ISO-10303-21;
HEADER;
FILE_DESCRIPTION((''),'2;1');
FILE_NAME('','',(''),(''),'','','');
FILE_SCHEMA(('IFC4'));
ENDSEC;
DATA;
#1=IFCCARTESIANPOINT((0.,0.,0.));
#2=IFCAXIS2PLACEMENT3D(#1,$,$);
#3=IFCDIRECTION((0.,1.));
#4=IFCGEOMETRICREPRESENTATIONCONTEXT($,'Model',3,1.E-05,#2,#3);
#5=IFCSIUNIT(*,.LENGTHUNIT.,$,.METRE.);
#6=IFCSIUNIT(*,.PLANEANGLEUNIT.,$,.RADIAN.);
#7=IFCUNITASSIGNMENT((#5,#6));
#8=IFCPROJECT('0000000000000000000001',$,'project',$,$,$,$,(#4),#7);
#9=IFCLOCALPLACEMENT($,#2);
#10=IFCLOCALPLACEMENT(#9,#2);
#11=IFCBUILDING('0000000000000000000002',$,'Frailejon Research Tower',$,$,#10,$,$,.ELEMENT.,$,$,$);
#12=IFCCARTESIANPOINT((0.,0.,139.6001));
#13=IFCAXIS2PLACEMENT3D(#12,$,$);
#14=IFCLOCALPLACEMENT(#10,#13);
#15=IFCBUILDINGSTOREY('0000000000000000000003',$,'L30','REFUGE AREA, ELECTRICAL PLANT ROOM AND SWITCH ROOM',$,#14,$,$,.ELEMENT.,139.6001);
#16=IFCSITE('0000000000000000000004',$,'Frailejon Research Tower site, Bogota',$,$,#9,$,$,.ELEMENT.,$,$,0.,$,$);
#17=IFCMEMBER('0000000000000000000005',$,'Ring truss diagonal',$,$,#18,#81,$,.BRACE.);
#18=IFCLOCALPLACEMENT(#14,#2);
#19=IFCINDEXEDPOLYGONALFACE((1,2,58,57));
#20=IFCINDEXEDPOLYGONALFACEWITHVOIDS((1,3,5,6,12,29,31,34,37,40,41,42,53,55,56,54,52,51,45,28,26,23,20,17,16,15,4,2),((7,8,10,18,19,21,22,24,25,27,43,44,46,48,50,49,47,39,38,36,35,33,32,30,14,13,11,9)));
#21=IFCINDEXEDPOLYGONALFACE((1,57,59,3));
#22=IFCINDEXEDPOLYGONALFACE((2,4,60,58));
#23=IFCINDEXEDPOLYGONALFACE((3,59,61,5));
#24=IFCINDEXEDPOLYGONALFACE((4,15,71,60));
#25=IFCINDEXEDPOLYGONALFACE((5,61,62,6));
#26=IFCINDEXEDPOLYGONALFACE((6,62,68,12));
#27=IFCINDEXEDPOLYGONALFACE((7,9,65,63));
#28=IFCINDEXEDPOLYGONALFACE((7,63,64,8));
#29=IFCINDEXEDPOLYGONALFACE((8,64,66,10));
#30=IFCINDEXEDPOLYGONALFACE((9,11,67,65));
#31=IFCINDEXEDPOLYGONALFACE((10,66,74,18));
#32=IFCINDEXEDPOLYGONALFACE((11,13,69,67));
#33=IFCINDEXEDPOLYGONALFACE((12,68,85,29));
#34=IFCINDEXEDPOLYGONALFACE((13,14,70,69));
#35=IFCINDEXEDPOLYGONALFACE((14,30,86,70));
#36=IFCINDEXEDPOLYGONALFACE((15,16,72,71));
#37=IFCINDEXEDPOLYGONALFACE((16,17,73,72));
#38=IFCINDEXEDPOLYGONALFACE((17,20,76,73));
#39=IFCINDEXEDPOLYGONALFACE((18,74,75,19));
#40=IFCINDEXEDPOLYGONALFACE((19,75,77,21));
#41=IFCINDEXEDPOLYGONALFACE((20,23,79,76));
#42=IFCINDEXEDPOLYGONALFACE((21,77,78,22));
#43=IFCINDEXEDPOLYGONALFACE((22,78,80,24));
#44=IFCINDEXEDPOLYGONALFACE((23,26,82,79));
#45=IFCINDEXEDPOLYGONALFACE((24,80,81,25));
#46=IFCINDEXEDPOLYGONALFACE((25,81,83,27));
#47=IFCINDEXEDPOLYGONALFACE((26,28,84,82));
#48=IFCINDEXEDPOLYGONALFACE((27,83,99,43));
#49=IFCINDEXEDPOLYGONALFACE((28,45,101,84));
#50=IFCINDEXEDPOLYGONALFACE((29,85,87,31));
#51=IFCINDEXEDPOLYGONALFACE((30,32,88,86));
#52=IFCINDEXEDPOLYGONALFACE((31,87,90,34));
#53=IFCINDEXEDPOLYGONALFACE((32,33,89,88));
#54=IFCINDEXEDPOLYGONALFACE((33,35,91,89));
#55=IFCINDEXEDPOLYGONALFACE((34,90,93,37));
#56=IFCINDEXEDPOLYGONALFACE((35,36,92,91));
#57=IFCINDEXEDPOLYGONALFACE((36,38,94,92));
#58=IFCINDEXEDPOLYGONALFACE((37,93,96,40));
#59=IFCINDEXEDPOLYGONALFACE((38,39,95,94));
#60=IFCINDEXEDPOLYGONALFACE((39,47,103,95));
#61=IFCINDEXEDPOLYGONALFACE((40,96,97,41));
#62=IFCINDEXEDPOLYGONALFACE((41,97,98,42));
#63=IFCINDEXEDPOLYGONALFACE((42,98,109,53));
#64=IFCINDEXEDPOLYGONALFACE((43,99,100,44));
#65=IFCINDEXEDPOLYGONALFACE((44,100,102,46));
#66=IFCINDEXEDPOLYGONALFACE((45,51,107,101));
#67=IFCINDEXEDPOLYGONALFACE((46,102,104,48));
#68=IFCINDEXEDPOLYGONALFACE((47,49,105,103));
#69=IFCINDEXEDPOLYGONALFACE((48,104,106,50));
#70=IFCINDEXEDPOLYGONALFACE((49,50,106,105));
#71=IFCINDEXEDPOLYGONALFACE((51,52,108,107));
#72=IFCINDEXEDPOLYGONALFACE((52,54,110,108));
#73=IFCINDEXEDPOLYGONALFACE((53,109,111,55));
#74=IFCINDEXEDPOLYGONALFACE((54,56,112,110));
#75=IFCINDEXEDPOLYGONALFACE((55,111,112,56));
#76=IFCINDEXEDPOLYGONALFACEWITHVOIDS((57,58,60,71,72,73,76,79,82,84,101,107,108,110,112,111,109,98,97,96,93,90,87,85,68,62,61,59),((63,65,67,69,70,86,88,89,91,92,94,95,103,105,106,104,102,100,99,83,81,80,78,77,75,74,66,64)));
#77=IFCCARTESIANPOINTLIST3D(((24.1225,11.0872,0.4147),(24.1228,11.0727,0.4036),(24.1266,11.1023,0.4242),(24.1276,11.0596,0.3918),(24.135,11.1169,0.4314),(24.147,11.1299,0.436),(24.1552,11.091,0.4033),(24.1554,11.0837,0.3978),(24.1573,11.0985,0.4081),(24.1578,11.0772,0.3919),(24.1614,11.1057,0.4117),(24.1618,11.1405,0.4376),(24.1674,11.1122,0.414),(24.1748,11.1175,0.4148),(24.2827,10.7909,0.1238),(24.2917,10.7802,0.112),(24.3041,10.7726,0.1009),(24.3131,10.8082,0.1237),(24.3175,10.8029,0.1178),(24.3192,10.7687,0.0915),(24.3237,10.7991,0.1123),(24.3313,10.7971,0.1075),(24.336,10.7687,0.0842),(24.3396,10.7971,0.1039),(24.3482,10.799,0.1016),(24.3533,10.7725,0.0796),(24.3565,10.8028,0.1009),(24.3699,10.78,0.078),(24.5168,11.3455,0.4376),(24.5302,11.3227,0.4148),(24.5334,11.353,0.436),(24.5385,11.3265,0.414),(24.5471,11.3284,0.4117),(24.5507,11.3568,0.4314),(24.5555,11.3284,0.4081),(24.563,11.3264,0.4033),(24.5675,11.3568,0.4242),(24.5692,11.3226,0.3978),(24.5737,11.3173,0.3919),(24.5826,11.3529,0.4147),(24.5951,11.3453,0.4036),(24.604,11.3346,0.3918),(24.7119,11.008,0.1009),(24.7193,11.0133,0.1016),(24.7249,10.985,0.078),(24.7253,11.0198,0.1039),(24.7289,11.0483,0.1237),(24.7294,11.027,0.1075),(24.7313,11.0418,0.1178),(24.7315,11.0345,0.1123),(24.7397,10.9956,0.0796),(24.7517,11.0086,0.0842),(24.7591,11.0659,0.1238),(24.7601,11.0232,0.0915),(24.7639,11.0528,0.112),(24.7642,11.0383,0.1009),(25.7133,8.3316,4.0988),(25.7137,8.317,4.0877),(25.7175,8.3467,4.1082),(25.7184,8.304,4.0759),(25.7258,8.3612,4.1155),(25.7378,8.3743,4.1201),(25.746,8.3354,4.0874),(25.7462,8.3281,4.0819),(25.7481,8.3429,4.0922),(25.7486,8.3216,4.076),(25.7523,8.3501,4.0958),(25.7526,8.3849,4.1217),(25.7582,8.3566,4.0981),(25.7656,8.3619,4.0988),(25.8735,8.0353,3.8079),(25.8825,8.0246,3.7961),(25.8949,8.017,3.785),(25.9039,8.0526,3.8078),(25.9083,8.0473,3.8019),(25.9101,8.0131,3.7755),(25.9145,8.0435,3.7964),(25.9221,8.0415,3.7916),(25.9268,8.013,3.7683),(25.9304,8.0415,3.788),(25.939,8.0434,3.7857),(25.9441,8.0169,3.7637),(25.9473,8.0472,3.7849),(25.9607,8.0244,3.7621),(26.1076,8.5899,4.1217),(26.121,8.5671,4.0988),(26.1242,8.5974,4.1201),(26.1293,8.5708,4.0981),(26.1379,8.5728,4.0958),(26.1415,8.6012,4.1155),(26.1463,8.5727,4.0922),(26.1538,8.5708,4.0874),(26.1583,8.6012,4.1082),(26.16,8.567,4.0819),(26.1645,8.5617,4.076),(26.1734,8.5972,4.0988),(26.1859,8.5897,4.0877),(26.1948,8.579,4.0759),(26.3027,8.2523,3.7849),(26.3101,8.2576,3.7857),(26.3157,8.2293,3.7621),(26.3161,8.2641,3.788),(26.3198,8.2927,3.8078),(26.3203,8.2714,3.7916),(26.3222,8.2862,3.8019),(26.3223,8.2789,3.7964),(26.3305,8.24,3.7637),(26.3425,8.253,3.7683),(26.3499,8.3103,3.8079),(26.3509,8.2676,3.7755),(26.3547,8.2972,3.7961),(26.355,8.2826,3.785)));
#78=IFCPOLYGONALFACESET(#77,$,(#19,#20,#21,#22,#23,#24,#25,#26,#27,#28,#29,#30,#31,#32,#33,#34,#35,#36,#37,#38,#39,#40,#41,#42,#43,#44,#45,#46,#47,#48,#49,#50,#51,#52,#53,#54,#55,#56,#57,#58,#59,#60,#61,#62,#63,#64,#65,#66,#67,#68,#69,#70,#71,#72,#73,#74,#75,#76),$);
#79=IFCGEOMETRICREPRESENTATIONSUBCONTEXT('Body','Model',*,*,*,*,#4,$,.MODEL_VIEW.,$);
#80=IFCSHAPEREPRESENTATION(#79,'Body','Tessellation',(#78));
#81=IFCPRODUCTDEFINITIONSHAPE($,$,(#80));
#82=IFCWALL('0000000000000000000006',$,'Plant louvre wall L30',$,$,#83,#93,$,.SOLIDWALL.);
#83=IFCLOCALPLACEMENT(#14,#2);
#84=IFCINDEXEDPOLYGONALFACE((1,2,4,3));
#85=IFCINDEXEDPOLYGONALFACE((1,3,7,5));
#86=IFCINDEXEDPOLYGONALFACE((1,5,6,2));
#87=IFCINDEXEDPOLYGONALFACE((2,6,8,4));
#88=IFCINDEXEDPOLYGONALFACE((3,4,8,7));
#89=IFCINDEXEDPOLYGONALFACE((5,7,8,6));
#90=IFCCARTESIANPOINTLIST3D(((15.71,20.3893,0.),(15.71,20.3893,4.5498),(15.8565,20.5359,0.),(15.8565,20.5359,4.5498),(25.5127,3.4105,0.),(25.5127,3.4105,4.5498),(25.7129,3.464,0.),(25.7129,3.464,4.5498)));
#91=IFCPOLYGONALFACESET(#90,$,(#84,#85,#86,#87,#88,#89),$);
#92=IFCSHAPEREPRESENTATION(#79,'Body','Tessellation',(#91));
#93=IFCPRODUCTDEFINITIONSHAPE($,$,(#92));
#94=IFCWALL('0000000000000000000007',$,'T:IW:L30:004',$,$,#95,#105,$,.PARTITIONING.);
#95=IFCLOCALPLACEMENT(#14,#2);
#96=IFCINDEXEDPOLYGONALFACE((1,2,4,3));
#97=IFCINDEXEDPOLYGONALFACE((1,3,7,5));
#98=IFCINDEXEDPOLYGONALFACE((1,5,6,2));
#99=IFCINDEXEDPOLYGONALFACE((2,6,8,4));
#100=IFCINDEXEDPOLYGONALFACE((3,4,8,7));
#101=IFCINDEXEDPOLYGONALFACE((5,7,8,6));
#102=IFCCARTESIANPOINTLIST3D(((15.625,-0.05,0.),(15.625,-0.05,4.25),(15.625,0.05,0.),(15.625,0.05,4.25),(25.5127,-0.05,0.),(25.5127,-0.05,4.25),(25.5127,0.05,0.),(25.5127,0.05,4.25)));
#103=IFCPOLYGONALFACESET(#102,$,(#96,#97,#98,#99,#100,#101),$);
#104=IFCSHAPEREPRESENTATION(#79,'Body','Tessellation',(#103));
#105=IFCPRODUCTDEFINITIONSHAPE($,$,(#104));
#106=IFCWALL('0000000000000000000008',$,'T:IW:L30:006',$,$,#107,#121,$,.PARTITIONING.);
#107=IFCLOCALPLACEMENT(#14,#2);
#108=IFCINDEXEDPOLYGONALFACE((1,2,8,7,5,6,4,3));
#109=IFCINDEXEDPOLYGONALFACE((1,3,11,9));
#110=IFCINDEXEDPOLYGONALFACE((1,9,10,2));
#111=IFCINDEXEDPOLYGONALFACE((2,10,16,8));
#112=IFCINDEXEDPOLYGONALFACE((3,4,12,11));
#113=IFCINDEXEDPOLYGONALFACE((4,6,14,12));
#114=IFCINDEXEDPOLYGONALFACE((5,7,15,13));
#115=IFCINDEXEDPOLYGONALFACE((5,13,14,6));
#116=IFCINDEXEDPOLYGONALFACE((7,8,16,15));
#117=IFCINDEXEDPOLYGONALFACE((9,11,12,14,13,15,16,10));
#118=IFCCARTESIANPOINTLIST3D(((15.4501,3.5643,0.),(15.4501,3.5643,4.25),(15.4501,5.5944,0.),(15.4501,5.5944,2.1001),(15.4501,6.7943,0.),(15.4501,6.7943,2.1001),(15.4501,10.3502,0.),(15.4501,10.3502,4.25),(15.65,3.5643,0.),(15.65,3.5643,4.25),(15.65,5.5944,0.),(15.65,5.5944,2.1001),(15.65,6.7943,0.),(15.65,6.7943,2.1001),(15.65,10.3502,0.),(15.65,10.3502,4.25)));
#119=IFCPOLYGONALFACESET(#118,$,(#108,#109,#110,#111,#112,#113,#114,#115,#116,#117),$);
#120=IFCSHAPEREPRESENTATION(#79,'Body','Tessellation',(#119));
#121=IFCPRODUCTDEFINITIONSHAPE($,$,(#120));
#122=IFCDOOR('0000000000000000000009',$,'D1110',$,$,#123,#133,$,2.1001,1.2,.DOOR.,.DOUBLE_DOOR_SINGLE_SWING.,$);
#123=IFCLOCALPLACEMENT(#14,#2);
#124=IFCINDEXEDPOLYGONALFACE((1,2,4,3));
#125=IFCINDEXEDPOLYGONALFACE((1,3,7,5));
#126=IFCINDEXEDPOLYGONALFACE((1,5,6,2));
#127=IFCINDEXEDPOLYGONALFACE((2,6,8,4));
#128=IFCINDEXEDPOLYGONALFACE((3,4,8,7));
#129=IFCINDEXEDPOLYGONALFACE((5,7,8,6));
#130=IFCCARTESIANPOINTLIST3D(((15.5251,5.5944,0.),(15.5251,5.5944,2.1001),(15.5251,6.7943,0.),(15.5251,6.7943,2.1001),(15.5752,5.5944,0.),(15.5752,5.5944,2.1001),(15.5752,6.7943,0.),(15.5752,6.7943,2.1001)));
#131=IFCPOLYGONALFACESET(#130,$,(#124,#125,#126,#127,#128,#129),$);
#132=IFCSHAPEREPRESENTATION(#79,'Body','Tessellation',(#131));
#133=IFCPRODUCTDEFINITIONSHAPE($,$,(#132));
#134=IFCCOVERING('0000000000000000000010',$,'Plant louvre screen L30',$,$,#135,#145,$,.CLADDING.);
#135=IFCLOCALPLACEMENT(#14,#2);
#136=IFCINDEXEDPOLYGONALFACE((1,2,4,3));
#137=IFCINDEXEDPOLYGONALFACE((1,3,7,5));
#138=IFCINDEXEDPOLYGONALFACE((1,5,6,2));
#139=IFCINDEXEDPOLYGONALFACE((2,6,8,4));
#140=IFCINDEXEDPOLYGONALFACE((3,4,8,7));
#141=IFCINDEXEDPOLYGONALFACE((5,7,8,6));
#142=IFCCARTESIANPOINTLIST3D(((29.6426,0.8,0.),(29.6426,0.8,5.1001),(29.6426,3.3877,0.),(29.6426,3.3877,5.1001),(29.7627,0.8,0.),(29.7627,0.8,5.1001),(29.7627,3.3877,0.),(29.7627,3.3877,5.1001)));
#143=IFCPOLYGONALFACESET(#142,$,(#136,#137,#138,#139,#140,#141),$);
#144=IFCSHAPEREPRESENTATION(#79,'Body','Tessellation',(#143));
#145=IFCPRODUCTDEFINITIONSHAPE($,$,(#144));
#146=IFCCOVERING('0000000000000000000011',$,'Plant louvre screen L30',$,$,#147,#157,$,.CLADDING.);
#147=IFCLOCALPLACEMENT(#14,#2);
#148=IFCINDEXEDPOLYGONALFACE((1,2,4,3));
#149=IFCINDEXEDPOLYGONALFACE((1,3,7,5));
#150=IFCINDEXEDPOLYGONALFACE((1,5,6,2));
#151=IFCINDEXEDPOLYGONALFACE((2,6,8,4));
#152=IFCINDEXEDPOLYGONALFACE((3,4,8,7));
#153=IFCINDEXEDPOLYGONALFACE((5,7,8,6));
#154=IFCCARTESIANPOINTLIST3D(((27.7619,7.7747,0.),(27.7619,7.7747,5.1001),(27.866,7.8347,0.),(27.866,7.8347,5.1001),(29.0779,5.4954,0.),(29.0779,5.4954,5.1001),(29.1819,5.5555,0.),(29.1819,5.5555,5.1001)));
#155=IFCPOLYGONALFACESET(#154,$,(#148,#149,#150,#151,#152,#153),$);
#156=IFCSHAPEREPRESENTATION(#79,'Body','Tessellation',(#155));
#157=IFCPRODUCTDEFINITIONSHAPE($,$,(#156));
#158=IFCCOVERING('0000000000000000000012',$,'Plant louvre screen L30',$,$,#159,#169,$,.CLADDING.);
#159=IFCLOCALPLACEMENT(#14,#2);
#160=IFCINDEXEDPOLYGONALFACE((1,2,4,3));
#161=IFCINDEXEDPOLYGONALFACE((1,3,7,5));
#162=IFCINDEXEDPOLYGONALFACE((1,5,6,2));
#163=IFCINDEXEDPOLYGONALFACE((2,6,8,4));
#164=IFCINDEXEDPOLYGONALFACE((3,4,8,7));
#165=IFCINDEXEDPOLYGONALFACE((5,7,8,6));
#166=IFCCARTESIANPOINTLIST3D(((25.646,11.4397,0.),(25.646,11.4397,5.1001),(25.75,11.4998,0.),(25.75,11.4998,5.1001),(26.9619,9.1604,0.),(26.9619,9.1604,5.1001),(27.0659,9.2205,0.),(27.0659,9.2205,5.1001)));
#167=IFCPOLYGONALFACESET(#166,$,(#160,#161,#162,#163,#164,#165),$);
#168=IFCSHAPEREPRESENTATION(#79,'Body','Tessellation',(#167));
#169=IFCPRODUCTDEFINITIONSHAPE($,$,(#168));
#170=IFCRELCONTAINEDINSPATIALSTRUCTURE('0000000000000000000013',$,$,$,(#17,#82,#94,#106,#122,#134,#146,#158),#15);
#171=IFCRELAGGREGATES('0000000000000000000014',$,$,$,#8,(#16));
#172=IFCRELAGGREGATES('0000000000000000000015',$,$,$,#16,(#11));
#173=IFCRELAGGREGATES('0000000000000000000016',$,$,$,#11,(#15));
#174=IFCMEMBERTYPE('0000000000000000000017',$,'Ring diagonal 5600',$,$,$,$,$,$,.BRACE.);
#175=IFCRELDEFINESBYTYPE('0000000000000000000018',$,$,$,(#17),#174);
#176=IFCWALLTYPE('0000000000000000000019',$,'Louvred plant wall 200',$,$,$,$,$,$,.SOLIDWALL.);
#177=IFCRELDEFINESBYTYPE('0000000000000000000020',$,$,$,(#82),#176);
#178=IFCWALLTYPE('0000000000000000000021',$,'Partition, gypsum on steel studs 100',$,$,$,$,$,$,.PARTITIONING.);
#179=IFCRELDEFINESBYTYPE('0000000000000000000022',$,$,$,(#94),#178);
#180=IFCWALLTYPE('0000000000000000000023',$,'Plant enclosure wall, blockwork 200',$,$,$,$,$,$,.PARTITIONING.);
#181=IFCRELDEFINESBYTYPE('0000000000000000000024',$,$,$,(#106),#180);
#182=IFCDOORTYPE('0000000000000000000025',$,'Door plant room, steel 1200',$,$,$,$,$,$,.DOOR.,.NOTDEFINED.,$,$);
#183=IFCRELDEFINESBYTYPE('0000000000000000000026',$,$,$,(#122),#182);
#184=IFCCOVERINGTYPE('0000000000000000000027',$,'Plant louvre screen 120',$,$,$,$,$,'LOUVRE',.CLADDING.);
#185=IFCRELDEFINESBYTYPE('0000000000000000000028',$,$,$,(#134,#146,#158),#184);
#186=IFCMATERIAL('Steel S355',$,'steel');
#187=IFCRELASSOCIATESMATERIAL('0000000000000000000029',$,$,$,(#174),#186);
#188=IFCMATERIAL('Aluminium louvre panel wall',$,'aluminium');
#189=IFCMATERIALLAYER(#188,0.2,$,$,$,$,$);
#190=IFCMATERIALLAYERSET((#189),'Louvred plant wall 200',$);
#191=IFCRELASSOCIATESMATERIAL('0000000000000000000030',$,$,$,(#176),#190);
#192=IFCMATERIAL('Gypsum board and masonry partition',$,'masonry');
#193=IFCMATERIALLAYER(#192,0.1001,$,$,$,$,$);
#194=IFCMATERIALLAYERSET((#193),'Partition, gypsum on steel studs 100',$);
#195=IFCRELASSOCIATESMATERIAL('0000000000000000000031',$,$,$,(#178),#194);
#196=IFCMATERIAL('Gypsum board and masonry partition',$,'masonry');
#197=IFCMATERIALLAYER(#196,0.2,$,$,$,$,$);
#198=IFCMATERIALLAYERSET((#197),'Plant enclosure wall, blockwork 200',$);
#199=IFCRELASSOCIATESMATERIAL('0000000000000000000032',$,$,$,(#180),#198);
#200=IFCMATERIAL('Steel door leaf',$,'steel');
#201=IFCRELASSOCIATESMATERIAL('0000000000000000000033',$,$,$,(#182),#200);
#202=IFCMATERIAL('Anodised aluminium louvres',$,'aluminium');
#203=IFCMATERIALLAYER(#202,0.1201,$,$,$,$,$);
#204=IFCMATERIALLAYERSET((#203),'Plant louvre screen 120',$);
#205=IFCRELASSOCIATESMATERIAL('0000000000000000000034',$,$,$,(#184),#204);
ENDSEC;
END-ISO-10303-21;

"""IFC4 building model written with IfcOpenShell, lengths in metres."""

from ifc_helpers import new_model, si_unit, direction, frame, frame_2d, origin, origin_2d, place, context, subcontext, project, spatial, polyline, rectangle, hollow_rectangle, outline, extrude, material, layer, layer_set, material_profile, profile_set, type_object, element, fill, save


model = new_model("IFC4")

# Units and contexts
model_context = context("Model", 3, precision=1e-05, world=origin(), true_north=direction((0.0, 1.0)))
body_context = subcontext(model_context, "Body", "Model", "MODEL_VIEW")
ifc_project = project(units=[si_unit("LENGTHUNIT", "METRE"), si_unit("PLANEANGLEUNIT", "RADIAN")], contexts=[model_context])

# Site, building, storey
site_placement = place(None, origin())
site = spatial("IfcSite", under=ifc_project, at=site_placement, Name="Frailejon Research Tower site, Bogota", CompositionType="ELEMENT", RefElevation=0.0)
building_placement = place(site_placement, origin())
building = spatial("IfcBuilding", under=site, at=building_placement, Name="Frailejon Research Tower", CompositionType="ELEMENT")
storey_placement = place(building_placement, frame((0.0, 0.0, 139.6001)))
storey = spatial("IfcBuildingStorey", under=building, at=storey_placement, Name="L30", Description="REFUGE AREA, ELECTRICAL PLANT ROOM AND SWITCH ROOM", CompositionType="ELEMENT", Elevation=139.6001)

# Member
ifc_material_1 = material(Name="Steel S355", Category="steel")
ifc_material_profile_1 = material_profile(ifc_material_1, hollow_rectangle(XDim=0.55, YDim=0.55, WallThickness=0.0349, InnerFilletRadius=0.0349, OuterFilletRadius=0.0701, at=origin_2d()), Name="Ring diagonal 5600")
ifc_profile_set_1 = profile_set([ifc_material_profile_1], Name="Steel S355")
member_type = type_object("IfcMemberType", Name="Ring diagonal 5600", PredefinedType="BRACE", material=ifc_profile_set_1)
for number, where, z_axis, x_axis, name in (
    (1, (26.0342, 8.3071, 3.9419), (-0.326797, 0.566077, -0.756809), (-0.866044, -0.499968, 0.0), "Ring truss diagonal"),
):
    element("IfcMember", number, at=place(storey_placement, frame(where, z_axis=z_axis, x_axis=x_axis)), inside=storey, type_object=member_type, Name=name, PredefinedType="BRACE", context=body_context, shape_type="SweptSolid", body=[
        extrude(hollow_rectangle(XDim=0.55, YDim=0.55, WallThickness=0.0349, InnerFilletRadius=0.0349, OuterFilletRadius=0.0701, at=origin_2d()), origin(), (0.0, 0.0, 1.0), 4.8679),
    ])

# Walls
ifc_material_2 = material(Name="Aluminium louvre panel wall", Category="aluminium")
ifc_layer_1 = layer(ifc_material_2, 0.2)
ifc_layer_set_1 = layer_set([ifc_layer_1], Name="Louvred plant wall 200")
wall_type_1 = type_object("IfcWallType", Name="Louvred plant wall 200", PredefinedType="SOLIDWALL", material=ifc_layer_set_1)
wall_1_placement = place(storey_placement, frame((25.6128, 3.4373, 0.0), z_axis=(0.0, 0.0, 1.0), x_axis=(-0.499999, 0.866026, 0.0)))
element("IfcWall", 2, at=wall_1_placement, inside=storey, type_object=wall_type_1, Name="Plant louvre wall L30", PredefinedType="SOLIDWALL", context=body_context, shape_type="SweptSolid", body=[
    extrude(outline(polyline([(-0.0269, -0.1001), (19.686, -0.1001), (19.6323, 0.1001), (0.0269, 0.1001), (-0.0269, -0.1001)])), origin(), (0.0, 0.0, 1.0), 4.5498),
])
ifc_material_3 = material(Name="Gypsum board and masonry partition", Category="masonry")
ifc_layer_2 = layer(ifc_material_3, 0.1001)
ifc_layer_set_2 = layer_set([ifc_layer_2], Name="Partition, gypsum on steel studs 100")
wall_type_2 = type_object("IfcWallType", Name="Partition, gypsum on steel studs 100", PredefinedType="PARTITIONING", material=ifc_layer_set_2)
wall_2_placement = place(storey_placement, frame((15.625, 0.0, 0.0), z_axis=(0.0, 0.0, 1.0), x_axis=(1.0, 0.0, 0.0)))
element("IfcWall", 3, at=wall_2_placement, inside=storey, type_object=wall_type_2, Name="T:IW:L30:004", PredefinedType="PARTITIONING", context=body_context, shape_type="SweptSolid", body=[
    extrude(rectangle(XDim=9.8877, YDim=0.1001, at=frame_2d((4.9438, 0.0))), origin(), (0.0, 0.0, 1.0), 4.25),
])

# Wall, opening, door
ifc_material_4 = material(Name="Gypsum board and masonry partition", Category="masonry")
ifc_layer_3 = layer(ifc_material_4, 0.2)
ifc_layer_set_3 = layer_set([ifc_layer_3], Name="Plant enclosure wall, blockwork 200")
wall_type_3 = type_object("IfcWallType", Name="Plant enclosure wall, blockwork 200", PredefinedType="PARTITIONING", material=ifc_layer_set_3)
wall_3_placement = place(storey_placement, frame((15.55, 3.5642, 0.0), z_axis=(0.0, 0.0, 1.0), x_axis=(0.0, 1.0, 0.0)))
wall_3 = element("IfcWall", 4, at=wall_3_placement, inside=storey, type_object=wall_type_3, Name="T:IW:L30:006", PredefinedType="PARTITIONING", context=body_context, shape_type="SweptSolid", body=[
    extrude(rectangle(XDim=6.7859, YDim=0.2, at=frame_2d((3.3931, 0.0))), origin(), (0.0, 0.0, 1.0), 4.25),
])
opening_placement = place(wall_3_placement, frame((2.03, 0.0, 0.0)))
opening = element("IfcOpeningElement", 5, at=opening_placement, cuts=wall_3, PredefinedType="OPENING", context=body_context, shape_type="SweptSolid", body=[
    extrude(rectangle(XDim=1.2, YDim=2.1001, at=frame_2d((0.6001, 1.05))), frame((0.0, 0.1099, 0.0), z_axis=(0.0, -1.0, 0.0), x_axis=(1.0, 0.0, 0.0)), (0.0, 0.0, 1.0), 0.22),
])
ifc_material_5 = material(Name="Steel door leaf", Category="steel")
door_type = type_object("IfcDoorType", Name="Door plant room, steel 1200", OperationType="NOTDEFINED", PredefinedType="DOOR", material=ifc_material_5)
door_placement = place(opening_placement, origin())
door = element("IfcDoor", 6, at=door_placement, inside=storey, type_object=door_type, Name="D1110", OperationType="DOUBLE_DOOR_SINGLE_SWING", OverallHeight=2.1001, OverallWidth=1.2, PredefinedType="DOOR", context=body_context, shape_type="SweptSolid", body=[
    extrude(rectangle(XDim=1.2, YDim=2.1001, at=frame_2d((0.6001, 1.05))), frame((0.0, 0.0249, 0.0), z_axis=(0.0, -1.0, 0.0), x_axis=(1.0, 0.0, 0.0)), (0.0, 0.0, 1.0), 0.05),
])
fill(opening, door)

# Coverings
ifc_material_6 = material(Name="Anodised aluminium louvres", Category="aluminium")
ifc_layer_4 = layer(ifc_material_6, 0.1201)
ifc_layer_set_4 = layer_set([ifc_layer_4], Name="Plant louvre screen 120")
covering_type = type_object("IfcCoveringType", Name="Plant louvre screen 120", ElementType="LOUVRE", PredefinedType="CLADDING", material=ifc_layer_set_4)
covering_placement = place(storey_placement, frame((29.7627, 3.3877, 0.0), z_axis=(0.0, -1.0, 0.0), x_axis=(1.0, 0.0, 0.0)))
element("IfcCovering", 7, at=covering_placement, inside=storey, type_object=covering_type, Name="Plant louvre screen L30", PredefinedType="CLADDING", context=body_context, shape_type="SweptSolid", body=[
    extrude(outline(polyline([(-0.1201, 0.0), (0.0, 0.0), (0.0, 5.1001), (-0.1201, 5.1001), (-0.1201, 0.0)])), origin(), (0.0, 0.0, 1.0), 2.5876),
])
for number, where, z_axis, x_axis, name in (
    (8, (27.866, 7.8347, 0.0), (0.500012, -0.866018, 0.0), (0.866018, 0.500012, 0.0), "Plant louvre screen L30"),
    (9, (25.75, 11.4998, 0.0), (0.499984, -0.866034, 0.0), (0.866034, 0.499984, 0.0), "Plant louvre screen L30"),
):
    element("IfcCovering", number, at=place(storey_placement, frame(where, z_axis=z_axis, x_axis=x_axis)), inside=storey, type_object=covering_type, Name=name, PredefinedType="CLADDING", context=body_context, shape_type="SweptSolid", body=[
        extrude(outline(polyline([(-0.1201, 0.0), (0.0, 0.0), (0.0, 5.1001), (-0.1201, 5.1001), (-0.1201, 0.0)])), origin(), (0.0, 0.0, 1.0), 2.6318),
    ])

save(model, "model.ifc")
